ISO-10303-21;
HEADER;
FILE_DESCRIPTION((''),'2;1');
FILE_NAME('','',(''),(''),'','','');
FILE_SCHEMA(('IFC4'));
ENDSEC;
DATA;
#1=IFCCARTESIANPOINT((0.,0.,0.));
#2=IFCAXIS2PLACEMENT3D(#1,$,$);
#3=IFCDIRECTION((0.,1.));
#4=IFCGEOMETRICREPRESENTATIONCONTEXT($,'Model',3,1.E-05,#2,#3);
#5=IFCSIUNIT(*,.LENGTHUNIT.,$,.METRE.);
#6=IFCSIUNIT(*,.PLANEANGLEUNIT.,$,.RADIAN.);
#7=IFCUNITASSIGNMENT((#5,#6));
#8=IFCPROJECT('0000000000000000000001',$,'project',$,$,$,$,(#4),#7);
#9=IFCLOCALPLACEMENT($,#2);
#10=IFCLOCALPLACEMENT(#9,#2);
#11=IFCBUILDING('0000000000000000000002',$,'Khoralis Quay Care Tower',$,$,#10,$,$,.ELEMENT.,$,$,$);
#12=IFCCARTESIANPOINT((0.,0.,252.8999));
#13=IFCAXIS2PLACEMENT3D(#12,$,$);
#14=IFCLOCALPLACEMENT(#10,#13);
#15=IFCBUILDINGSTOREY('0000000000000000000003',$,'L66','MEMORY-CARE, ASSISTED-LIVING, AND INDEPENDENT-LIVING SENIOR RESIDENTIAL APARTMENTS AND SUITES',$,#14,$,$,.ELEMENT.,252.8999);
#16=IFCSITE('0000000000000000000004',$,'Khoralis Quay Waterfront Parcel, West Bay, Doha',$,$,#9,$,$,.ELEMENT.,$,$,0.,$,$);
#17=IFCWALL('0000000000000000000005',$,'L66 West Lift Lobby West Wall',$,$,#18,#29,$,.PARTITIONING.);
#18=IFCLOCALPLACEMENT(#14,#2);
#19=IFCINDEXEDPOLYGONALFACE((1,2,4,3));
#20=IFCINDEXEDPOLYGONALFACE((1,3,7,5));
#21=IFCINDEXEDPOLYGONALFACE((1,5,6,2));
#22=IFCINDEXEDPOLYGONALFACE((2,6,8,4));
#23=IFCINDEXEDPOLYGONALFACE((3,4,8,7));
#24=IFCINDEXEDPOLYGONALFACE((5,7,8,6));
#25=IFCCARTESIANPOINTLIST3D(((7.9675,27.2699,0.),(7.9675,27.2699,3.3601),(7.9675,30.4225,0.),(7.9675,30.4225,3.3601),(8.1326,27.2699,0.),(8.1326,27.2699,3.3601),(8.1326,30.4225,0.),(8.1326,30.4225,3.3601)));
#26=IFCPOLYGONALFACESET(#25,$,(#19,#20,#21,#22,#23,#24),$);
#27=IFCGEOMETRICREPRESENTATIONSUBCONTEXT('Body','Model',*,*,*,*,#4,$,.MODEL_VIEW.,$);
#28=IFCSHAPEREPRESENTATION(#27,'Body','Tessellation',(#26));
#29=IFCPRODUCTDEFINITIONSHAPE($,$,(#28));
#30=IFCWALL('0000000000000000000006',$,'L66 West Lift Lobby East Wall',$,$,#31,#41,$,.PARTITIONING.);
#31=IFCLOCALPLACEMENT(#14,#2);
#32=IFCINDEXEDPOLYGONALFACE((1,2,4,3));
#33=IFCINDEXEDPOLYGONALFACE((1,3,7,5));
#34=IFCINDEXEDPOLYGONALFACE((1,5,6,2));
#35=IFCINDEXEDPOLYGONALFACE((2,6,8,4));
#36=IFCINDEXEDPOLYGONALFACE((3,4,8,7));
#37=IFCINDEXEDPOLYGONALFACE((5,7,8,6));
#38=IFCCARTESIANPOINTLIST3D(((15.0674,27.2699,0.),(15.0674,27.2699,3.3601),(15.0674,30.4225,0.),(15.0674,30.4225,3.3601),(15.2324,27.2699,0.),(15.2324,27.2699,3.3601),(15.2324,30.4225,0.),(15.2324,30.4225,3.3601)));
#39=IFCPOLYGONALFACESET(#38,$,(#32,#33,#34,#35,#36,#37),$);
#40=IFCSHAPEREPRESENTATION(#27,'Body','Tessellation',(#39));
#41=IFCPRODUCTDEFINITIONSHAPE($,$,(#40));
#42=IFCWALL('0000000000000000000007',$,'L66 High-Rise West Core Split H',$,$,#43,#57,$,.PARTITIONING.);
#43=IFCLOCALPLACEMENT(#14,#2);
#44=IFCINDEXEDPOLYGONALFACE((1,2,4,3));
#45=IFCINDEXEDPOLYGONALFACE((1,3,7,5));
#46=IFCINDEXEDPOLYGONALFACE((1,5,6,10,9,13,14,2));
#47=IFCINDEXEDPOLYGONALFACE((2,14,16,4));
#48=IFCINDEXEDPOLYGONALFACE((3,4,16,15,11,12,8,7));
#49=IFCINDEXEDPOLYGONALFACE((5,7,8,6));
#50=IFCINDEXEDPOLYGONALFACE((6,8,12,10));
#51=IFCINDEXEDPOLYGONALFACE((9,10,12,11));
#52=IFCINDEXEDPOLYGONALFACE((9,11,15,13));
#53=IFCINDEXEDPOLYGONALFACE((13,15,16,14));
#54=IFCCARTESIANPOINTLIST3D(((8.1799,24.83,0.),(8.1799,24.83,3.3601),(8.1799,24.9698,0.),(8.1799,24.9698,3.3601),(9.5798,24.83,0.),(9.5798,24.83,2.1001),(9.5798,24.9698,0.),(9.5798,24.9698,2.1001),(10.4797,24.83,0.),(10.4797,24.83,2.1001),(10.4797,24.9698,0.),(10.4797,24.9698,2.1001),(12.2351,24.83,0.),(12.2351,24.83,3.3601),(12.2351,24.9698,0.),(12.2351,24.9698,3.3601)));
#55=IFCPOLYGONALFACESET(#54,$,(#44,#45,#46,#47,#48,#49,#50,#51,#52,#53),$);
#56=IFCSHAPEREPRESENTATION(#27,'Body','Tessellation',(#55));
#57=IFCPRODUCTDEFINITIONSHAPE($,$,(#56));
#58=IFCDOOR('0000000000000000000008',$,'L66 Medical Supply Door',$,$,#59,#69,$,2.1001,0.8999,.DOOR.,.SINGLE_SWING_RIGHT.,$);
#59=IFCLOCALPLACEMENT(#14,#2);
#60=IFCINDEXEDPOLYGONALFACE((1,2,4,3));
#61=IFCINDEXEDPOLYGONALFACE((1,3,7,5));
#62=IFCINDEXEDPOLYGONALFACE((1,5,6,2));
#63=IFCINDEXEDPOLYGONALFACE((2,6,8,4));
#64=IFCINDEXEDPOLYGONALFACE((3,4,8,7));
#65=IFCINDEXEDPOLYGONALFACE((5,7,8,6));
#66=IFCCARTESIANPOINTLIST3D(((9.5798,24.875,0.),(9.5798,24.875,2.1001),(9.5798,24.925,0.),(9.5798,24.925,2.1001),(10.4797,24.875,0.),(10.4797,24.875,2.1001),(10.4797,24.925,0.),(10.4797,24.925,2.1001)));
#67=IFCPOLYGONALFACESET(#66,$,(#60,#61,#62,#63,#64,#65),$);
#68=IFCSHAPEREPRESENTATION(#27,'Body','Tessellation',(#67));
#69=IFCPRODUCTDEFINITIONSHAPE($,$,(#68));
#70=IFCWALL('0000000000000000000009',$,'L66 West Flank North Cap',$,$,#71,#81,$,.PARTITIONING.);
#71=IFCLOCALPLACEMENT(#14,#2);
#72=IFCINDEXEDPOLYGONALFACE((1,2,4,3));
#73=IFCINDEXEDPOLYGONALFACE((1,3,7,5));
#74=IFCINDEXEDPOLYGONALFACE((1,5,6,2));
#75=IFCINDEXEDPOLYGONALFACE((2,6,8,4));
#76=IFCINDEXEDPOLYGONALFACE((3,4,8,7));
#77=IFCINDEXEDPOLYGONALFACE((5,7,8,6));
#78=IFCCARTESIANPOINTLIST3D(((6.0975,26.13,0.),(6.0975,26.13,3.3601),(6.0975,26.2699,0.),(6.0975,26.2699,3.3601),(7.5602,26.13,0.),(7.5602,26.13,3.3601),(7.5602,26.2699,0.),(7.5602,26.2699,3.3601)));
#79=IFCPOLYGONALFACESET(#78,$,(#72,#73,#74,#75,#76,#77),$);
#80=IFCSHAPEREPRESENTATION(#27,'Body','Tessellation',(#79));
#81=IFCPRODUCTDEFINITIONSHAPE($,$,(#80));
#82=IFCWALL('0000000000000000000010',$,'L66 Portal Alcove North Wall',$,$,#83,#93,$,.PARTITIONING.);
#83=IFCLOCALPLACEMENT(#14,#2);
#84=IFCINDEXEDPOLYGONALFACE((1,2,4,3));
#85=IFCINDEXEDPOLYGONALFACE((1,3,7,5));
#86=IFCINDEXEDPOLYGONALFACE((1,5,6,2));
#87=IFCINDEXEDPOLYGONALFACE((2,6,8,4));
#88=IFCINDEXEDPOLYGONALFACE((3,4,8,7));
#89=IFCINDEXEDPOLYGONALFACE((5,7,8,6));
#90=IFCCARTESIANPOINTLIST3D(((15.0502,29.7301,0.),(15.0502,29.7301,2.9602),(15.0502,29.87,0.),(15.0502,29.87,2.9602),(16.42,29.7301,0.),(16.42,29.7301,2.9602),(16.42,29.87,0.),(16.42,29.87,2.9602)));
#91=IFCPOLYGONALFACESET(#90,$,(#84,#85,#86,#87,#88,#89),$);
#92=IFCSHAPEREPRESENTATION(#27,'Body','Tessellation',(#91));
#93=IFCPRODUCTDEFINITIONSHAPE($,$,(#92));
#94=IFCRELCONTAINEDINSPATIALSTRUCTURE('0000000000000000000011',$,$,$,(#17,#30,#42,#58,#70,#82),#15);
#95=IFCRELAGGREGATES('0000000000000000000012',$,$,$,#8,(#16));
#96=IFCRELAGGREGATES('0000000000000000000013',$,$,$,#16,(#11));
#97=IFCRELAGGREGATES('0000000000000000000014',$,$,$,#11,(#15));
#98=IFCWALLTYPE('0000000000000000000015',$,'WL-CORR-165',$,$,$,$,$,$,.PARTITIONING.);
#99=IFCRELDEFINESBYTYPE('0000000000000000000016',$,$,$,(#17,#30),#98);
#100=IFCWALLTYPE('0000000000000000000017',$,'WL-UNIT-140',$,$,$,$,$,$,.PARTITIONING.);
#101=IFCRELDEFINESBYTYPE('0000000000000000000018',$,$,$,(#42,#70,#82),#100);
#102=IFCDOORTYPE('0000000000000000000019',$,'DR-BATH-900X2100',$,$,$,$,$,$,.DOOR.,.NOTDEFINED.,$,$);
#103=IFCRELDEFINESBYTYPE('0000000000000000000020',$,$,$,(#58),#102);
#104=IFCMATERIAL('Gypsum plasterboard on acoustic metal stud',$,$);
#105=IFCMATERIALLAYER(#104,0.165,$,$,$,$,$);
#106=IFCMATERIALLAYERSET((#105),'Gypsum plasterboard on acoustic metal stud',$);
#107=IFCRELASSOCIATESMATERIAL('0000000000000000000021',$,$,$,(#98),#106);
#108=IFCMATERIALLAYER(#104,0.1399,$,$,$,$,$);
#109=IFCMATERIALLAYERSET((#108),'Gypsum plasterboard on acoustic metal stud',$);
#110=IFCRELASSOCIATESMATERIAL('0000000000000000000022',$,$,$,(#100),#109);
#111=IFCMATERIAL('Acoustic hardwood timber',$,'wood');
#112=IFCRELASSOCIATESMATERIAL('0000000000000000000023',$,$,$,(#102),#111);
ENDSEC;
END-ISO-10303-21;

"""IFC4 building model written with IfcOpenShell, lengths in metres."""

from ifc_helpers import new_model, si_unit, direction, frame, frame_2d, origin, place, context, subcontext, project, spatial, rectangle, extrude, source, transform, mapped, material, layer, layer_set, type_object, element, fill, save


model = new_model("IFC4")

# Units and contexts
model_context = context("Model", 3, precision=1e-05, world=origin(), true_north=direction((0.0, 1.0)))
body_context = subcontext(model_context, "Body", "Model", "MODEL_VIEW")
ifc_project = project(units=[si_unit("LENGTHUNIT", "METRE"), si_unit("PLANEANGLEUNIT", "RADIAN")], contexts=[model_context])

# Site, building, storey
site_placement = place(None, origin())
site = spatial("IfcSite", under=ifc_project, at=site_placement, Name="Khoralis Quay Waterfront Parcel, West Bay, Doha", CompositionType="ELEMENT", RefElevation=0.0)
building_placement = place(site_placement, origin())
building = spatial("IfcBuilding", under=site, at=building_placement, Name="Khoralis Quay Care Tower", CompositionType="ELEMENT")
storey_placement = place(building_placement, frame((0.0, 0.0, 252.8999)))
storey = spatial("IfcBuildingStorey", under=building, at=storey_placement, Name="L66", Description="MEMORY-CARE, ASSISTED-LIVING, AND INDEPENDENT-LIVING SENIOR RESIDENTIAL APARTMENTS AND SUITES", CompositionType="ELEMENT", Elevation=252.8999)

# Shared definitions
ifc_material_1 = material(Name="Acoustic hardwood timber", Category="wood")

# Shared definitions
ifc_material_2 = material(Name="Gypsum plasterboard on acoustic metal stud")
ifc_layer_1 = layer(ifc_material_2, 0.165)
ifc_layer_set_1 = layer_set([ifc_layer_1], Name="Gypsum plasterboard on acoustic metal stud")
wall_type_1 = type_object("IfcWallType", Name="WL-CORR-165", PredefinedType="PARTITIONING", material=ifc_layer_set_1)

# Walls
for number, where, z_axis, x_axis, name in (
    (1, (8.05, 27.27, 0.0), (0.0, 0.0, 1.0), (0.0, 1.0, 0.0), "L66 West Lift Lobby West Wall"),
    (2, (15.1499, 27.27, 0.0), (0.0, 0.0, 1.0), (0.0, 1.0, 0.0), "L66 West Lift Lobby East Wall"),
):
    element("IfcWall", number, at=place(storey_placement, frame(where, z_axis=z_axis, x_axis=x_axis)), inside=storey, type_object=wall_type_1, Name=name, PredefinedType="PARTITIONING", context=body_context, shape_type="SweptSolid", body=[
        extrude(rectangle(XDim=3.1526, YDim=0.165, at=frame_2d((1.5762, 0.0))), origin(), (0.0, 0.0, 1.0), 3.3601),
    ])

# Wall, opening, door
ifc_layer_2 = layer(ifc_material_2, 0.1399)
ifc_layer_set_2 = layer_set([ifc_layer_2], Name="Gypsum plasterboard on acoustic metal stud")
wall_type_2 = type_object("IfcWallType", Name="WL-UNIT-140", PredefinedType="PARTITIONING", material=ifc_layer_set_2)
wall_1_placement = place(storey_placement, frame((8.1799, 24.8999, 0.0), z_axis=(0.0, 0.0, 1.0), x_axis=(1.0, 0.0, 0.0)))
wall_1 = element("IfcWall", 3, at=wall_1_placement, inside=storey, type_object=wall_type_2, Name="L66 High-Rise West Core Split H", PredefinedType="PARTITIONING", context=body_context, shape_type="SweptSolid", body=[
    extrude(rectangle(XDim=4.0552, YDim=0.1399, at=frame_2d((2.0276, 0.0))), origin(), (0.0, 0.0, 1.0), 3.3601),
])
opening_1_placement = place(wall_1_placement, frame((1.3999, 0.0, 0.0)))
opening_1 = element("IfcOpeningElement", 4, at=opening_1_placement, cuts=wall_1, PredefinedType="OPENING", context=body_context, shape_type="SweptSolid", body=[
    extrude(rectangle(XDim=0.8999, YDim=2.1001, at=frame_2d((0.45, 1.05))), frame((0.0, 0.0801, 0.0), z_axis=(0.0, -1.0, 0.0), x_axis=(1.0, 0.0, 0.0)), (0.0, 0.0, 1.0), 0.1599),
])
door_type_1 = type_object("IfcDoorType", Name="DR-BATH-900X2100", OperationType="NOTDEFINED", PredefinedType="DOOR", material=ifc_material_1)
shared_shape_1 = source(origin(), body_context, "Body", "SweptSolid", [
    extrude(rectangle(XDim=0.8999, YDim=2.1001, at=frame_2d((0.45, 1.05))), frame((0.0, 0.0249, 0.0), z_axis=(0.0, -1.0, 0.0), x_axis=(1.0, 0.0, 0.0)), (0.0, 0.0, 1.0), 0.05),
])
door_1_placement = place(opening_1_placement, frame((0.8999, 0.0, 0.0), z_axis=(0.0, 0.0, 1.0), x_axis=(-1.0, 0.0, 0.0)))
door_1 = element("IfcDoor", 5, at=door_1_placement, inside=storey, type_object=door_type_1, Name="L66 Medical Supply Door", OperationType="SINGLE_SWING_RIGHT", OverallHeight=2.1001, OverallWidth=0.8999, PredefinedType="DOOR", context=body_context, shape_type="MappedRepresentation", body=[
    mapped(shared_shape_1, transform((0.0, 0.0, 0.0), scale=1.0)),
])
fill(opening_1, door_1)

# Walls
wall_2_placement = place(storey_placement, frame((6.0974, 26.2, 0.0), z_axis=(0.0, 0.0, 1.0), x_axis=(1.0, 0.0, 0.0)))
element("IfcWall", 6, at=wall_2_placement, inside=storey, type_object=wall_type_2, Name="L66 West Flank North Cap", PredefinedType="PARTITIONING", context=body_context, shape_type="SweptSolid", body=[
    extrude(rectangle(XDim=1.4626, YDim=0.1399, at=frame_2d((0.7314, 0.0))), origin(), (0.0, 0.0, 1.0), 3.3601),
])
wall_3_placement = place(storey_placement, frame((15.05, 29.8, 0.0), z_axis=(0.0, 0.0, 1.0), x_axis=(1.0, 0.0, 0.0)))
element("IfcWall", 7, at=wall_3_placement, inside=storey, type_object=wall_type_2, Name="L66 Portal Alcove North Wall", PredefinedType="PARTITIONING", context=body_context, shape_type="SweptSolid", body=[
    extrude(rectangle(XDim=1.3699, YDim=0.1399, at=frame_2d((0.6851, 0.0))), origin(), (0.0, 0.0, 1.0), 2.9602),
])

save(model, "model.ifc")
